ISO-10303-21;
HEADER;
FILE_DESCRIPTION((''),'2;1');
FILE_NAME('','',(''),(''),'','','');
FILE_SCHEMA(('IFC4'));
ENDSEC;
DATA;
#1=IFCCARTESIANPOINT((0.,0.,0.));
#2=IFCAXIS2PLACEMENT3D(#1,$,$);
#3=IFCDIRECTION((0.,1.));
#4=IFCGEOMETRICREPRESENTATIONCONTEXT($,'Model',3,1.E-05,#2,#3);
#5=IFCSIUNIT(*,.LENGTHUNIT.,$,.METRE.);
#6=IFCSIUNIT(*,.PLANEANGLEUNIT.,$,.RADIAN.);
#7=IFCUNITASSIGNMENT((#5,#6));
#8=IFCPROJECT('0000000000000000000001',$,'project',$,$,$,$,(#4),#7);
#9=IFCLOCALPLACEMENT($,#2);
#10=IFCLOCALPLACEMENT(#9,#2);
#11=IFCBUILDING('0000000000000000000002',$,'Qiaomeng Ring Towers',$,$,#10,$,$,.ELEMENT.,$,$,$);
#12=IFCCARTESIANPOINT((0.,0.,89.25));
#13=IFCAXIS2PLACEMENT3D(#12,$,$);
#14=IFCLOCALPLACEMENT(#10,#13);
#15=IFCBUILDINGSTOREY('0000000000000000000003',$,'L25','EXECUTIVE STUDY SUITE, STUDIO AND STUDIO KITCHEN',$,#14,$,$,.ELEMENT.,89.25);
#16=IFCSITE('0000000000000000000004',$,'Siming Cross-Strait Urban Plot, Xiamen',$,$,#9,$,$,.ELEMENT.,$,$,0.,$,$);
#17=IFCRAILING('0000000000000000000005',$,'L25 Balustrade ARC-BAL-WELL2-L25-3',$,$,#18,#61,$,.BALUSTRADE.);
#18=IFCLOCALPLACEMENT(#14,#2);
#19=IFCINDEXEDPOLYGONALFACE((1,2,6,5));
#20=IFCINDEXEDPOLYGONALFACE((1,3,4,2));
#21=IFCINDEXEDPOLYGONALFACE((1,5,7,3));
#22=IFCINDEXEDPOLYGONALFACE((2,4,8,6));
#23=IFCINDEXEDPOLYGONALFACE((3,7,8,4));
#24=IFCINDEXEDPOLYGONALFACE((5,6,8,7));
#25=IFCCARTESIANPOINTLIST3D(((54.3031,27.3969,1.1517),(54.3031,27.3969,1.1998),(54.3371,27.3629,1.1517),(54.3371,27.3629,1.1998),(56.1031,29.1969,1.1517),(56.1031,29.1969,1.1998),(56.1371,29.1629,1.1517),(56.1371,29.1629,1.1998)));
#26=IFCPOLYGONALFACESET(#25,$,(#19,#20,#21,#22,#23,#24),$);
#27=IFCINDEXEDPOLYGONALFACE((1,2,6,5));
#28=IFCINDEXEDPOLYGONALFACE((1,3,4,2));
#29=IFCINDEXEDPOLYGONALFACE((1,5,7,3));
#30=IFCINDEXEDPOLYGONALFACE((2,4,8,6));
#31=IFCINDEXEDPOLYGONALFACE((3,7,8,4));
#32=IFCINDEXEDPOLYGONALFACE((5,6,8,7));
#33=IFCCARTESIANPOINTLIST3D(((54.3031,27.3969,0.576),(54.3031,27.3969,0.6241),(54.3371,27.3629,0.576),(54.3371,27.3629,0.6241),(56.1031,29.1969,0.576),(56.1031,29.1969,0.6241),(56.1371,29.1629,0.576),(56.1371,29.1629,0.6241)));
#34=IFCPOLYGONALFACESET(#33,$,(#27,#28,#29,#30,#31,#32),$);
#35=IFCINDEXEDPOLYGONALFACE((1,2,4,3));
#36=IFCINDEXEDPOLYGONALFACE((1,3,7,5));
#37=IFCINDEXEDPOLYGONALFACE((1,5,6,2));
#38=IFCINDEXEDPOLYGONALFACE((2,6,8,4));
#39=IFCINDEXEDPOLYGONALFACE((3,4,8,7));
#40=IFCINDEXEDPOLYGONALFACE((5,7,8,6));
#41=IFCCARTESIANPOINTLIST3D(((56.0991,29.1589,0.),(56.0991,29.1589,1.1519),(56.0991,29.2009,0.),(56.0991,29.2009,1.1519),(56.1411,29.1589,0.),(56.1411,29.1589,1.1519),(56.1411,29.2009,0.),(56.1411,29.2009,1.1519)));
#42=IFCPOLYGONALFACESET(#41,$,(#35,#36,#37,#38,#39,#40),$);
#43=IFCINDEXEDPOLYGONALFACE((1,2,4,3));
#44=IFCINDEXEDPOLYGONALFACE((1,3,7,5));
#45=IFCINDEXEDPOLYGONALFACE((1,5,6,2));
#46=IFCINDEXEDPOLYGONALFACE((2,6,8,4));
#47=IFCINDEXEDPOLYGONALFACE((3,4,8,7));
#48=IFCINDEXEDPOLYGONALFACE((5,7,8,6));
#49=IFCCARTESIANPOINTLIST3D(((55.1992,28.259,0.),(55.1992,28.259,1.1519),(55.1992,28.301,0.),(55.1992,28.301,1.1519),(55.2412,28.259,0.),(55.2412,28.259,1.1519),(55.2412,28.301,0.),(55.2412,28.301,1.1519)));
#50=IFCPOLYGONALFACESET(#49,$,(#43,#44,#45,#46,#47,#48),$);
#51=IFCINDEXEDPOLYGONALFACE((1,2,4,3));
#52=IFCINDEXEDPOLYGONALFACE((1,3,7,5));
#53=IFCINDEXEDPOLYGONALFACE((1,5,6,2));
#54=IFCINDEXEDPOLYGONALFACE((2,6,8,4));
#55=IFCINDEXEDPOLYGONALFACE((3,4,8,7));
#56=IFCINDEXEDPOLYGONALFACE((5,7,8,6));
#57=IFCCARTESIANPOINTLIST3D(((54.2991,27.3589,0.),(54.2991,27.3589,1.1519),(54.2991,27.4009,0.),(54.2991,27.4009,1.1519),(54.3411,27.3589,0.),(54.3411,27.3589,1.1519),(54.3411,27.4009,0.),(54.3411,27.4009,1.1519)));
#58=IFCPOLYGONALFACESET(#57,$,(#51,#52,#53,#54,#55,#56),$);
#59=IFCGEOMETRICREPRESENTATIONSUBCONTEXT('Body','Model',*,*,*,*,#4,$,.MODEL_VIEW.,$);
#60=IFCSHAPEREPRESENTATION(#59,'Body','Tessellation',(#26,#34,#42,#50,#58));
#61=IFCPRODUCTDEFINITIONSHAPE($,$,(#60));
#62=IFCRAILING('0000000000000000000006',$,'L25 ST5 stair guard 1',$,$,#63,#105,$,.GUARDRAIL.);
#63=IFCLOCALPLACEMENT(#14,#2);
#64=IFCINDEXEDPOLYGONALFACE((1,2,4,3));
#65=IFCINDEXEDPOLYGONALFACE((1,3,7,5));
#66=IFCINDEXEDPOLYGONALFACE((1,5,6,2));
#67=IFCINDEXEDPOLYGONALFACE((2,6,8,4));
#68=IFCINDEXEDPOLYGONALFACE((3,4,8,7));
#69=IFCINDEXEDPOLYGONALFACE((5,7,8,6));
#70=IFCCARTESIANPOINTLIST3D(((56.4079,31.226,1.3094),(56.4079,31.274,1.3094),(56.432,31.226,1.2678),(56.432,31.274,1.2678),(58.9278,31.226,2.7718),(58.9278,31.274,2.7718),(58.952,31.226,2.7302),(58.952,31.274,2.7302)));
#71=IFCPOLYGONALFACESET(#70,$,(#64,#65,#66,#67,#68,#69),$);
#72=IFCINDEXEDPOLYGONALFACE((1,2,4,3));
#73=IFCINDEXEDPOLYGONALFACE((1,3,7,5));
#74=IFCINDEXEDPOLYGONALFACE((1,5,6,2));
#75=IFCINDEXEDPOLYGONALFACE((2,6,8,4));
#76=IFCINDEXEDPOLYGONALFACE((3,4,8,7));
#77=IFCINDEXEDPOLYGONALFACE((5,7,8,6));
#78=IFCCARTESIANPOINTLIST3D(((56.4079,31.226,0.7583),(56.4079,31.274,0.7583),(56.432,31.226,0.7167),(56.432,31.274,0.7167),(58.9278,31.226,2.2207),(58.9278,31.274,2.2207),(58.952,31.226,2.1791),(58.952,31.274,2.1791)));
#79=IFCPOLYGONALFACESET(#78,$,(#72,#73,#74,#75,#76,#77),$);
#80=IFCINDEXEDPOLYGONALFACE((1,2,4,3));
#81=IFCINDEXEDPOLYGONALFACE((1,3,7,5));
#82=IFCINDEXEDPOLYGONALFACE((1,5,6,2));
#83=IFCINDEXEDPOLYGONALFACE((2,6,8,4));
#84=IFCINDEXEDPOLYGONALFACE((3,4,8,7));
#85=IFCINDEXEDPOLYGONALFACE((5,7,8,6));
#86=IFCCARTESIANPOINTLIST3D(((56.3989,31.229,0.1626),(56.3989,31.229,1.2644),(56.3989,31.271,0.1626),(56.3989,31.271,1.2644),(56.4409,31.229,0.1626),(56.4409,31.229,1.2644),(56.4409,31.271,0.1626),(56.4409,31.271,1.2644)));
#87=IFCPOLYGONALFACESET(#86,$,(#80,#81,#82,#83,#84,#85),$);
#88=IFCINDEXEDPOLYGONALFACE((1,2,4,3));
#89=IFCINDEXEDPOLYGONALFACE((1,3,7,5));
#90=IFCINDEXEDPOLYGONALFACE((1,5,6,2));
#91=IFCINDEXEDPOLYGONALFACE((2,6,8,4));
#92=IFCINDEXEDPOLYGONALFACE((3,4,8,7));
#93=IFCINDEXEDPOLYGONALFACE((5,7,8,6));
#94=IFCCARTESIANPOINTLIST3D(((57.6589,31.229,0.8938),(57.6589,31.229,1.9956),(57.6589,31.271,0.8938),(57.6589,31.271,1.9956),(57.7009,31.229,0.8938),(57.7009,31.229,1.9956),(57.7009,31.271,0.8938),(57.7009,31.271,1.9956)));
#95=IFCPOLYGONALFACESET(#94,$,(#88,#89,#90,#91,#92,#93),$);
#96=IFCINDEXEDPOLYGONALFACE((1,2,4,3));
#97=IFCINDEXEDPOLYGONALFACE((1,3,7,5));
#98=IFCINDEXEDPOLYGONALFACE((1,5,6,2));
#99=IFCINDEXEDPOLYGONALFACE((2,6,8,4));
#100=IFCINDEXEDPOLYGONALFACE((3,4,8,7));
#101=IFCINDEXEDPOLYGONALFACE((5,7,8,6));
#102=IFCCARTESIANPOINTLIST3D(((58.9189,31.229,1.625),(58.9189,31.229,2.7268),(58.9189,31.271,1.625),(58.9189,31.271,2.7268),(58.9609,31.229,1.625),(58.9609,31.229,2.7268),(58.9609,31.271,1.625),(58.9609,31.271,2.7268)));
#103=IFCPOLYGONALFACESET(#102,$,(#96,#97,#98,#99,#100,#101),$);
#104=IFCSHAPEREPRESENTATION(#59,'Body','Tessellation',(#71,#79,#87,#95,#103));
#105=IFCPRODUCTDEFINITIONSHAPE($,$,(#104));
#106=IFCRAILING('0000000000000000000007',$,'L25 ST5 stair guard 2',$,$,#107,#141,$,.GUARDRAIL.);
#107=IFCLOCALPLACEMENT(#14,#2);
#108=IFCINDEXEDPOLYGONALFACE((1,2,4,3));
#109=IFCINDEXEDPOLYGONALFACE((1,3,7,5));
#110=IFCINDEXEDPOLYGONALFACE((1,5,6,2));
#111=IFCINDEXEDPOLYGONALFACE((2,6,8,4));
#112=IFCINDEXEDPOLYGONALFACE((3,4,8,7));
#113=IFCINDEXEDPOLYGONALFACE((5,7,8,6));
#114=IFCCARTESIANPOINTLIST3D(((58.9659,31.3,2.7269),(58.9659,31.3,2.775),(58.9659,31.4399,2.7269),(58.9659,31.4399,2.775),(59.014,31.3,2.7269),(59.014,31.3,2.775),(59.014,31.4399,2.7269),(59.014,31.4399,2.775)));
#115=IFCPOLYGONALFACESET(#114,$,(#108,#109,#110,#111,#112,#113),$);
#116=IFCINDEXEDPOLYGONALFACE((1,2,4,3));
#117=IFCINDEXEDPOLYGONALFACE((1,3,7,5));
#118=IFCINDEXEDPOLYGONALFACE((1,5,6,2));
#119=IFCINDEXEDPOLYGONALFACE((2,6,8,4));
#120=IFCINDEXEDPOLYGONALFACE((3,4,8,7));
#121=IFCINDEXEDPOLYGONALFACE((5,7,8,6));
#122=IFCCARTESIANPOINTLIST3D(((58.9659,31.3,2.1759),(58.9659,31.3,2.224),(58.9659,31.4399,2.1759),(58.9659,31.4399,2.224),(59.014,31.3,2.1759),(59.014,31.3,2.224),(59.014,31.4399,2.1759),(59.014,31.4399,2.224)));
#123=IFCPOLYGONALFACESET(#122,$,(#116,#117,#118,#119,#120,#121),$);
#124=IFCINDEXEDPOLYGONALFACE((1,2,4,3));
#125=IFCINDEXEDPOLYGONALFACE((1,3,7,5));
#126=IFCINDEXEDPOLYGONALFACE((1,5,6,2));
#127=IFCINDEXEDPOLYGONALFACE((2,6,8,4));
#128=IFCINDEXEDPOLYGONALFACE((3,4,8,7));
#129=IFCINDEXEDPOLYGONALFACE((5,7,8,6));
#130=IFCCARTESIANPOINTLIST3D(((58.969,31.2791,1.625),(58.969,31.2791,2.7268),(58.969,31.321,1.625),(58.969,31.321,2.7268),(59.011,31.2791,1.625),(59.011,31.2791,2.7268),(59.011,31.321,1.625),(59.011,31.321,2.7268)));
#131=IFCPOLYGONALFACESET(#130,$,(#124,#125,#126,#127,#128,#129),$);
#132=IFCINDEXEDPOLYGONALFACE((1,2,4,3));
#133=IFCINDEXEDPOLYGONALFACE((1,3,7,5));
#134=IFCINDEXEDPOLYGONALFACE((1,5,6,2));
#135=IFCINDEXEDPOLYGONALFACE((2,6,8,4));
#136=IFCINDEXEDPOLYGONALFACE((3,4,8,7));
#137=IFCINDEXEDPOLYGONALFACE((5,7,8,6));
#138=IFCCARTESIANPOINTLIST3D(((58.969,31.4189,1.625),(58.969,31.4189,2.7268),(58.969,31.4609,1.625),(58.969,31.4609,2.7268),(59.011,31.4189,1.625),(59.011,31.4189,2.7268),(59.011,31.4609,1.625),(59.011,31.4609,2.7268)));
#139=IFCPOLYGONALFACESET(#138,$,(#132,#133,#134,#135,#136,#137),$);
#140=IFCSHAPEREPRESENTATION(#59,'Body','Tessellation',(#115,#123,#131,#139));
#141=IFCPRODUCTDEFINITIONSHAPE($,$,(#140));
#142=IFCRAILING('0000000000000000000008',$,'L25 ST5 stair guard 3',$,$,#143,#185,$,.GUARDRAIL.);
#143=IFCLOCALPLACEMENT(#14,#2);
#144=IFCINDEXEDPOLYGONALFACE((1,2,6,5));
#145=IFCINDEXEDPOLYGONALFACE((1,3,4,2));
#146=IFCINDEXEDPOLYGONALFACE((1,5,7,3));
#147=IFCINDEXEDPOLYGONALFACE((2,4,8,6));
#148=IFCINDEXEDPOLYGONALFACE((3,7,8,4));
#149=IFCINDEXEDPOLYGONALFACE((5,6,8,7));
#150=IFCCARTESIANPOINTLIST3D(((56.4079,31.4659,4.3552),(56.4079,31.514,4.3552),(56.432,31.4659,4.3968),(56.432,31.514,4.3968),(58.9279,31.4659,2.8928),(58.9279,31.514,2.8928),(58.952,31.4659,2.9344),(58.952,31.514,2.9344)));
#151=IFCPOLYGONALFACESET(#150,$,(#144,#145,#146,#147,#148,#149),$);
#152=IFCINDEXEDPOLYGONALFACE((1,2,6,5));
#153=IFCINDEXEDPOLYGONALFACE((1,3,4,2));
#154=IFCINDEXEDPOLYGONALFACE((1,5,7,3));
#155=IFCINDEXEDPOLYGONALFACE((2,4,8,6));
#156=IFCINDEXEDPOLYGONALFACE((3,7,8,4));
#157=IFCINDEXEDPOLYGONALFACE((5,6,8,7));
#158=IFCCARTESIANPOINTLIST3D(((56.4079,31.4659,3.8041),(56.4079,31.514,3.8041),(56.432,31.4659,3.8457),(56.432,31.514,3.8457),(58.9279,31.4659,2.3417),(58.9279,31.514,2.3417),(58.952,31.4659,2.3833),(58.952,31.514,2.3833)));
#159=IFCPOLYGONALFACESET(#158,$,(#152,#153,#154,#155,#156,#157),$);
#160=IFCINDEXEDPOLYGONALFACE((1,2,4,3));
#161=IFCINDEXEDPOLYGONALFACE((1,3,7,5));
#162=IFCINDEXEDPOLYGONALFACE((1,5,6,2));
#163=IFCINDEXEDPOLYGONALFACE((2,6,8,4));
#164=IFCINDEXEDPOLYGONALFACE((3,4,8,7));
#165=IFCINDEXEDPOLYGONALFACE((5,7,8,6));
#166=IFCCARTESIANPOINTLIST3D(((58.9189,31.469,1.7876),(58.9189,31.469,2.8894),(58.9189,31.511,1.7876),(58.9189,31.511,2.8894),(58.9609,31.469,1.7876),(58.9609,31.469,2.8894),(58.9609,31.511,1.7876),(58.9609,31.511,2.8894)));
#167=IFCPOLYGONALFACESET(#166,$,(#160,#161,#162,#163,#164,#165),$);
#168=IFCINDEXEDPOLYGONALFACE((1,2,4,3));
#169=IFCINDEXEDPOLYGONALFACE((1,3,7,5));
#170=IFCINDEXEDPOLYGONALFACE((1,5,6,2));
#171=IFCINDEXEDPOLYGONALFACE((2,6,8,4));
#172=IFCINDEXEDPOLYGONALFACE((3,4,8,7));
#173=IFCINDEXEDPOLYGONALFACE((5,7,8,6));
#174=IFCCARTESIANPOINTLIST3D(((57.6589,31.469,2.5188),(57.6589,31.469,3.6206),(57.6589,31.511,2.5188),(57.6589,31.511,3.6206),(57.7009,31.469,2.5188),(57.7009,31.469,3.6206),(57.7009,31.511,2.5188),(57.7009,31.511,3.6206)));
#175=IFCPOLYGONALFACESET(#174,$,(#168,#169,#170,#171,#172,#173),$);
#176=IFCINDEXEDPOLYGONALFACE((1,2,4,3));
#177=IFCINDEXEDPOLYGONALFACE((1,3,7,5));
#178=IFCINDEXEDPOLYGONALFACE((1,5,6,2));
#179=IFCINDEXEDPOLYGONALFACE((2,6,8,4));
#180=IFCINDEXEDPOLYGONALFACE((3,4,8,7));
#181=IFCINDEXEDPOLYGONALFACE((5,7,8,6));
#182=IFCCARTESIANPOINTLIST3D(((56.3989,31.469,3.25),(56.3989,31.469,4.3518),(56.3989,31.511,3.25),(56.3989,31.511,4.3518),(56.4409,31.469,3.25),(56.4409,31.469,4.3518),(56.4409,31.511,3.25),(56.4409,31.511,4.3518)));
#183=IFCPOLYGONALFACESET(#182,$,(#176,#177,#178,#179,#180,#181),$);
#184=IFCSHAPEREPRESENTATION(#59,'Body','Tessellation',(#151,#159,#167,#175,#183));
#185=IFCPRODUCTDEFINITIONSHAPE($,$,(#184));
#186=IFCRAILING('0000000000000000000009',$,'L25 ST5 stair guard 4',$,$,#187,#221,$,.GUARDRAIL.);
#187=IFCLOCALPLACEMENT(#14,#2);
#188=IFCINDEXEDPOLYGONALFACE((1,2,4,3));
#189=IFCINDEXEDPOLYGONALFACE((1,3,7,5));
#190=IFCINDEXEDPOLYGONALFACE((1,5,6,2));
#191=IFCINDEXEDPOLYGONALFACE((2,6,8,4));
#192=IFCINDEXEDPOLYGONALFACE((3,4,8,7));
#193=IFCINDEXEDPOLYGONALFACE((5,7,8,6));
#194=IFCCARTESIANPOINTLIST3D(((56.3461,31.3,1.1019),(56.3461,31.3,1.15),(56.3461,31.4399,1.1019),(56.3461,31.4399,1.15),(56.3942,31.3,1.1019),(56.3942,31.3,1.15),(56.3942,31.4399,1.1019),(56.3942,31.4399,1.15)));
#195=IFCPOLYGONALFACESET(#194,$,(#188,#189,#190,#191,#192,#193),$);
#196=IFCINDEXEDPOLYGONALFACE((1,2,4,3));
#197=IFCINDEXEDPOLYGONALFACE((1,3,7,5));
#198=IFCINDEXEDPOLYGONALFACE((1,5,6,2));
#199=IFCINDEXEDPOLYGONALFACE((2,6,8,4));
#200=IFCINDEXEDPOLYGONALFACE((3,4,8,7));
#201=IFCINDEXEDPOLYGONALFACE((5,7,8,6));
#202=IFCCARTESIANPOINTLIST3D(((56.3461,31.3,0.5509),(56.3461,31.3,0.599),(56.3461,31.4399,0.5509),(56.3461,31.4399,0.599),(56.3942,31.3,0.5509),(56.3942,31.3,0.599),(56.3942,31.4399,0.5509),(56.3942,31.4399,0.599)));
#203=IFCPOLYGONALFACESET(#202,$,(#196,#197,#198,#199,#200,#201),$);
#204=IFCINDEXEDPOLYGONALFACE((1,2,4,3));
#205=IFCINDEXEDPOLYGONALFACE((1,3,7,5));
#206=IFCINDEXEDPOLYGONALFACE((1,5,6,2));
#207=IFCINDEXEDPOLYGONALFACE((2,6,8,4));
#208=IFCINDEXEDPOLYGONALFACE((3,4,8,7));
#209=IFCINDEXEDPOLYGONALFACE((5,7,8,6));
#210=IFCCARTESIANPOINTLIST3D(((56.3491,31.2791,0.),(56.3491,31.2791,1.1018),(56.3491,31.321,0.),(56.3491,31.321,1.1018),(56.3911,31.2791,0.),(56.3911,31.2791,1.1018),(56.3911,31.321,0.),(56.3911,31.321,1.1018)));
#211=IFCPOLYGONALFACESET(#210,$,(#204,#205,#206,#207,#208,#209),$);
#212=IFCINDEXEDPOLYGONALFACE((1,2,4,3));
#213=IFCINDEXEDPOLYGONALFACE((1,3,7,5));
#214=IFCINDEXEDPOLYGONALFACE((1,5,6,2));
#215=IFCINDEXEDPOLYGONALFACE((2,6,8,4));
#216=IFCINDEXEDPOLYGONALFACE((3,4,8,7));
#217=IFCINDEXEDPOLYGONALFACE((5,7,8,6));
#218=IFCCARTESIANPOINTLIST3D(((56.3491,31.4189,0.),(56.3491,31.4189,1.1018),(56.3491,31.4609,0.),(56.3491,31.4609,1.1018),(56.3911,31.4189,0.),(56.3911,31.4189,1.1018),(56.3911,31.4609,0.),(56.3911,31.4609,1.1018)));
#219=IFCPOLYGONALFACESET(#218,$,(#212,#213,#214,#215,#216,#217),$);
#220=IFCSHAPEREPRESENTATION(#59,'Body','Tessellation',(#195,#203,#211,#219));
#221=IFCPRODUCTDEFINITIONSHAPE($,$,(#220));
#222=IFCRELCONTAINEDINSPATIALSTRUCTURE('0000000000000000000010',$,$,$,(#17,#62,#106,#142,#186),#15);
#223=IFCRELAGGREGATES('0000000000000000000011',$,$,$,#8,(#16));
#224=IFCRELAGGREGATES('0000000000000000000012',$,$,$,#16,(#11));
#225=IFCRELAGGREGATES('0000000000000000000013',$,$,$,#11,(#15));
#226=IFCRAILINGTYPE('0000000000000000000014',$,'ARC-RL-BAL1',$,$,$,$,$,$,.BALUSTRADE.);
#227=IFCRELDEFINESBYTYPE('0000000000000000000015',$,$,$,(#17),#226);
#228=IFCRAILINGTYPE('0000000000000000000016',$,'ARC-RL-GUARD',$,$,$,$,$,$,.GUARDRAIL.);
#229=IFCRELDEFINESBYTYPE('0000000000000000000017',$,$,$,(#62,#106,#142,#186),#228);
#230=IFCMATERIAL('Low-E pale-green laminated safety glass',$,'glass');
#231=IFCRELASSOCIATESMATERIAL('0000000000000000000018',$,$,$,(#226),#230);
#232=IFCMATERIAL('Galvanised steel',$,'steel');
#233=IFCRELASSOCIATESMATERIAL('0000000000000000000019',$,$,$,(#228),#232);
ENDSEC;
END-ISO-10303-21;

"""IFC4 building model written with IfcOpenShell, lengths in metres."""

from ifc_helpers import new_model, si_unit, direction, frame, origin, origin_2d, place, context, subcontext, project, spatial, rectangle, extrude, material, type_object, element, save


model = new_model("IFC4")

# Units and contexts
model_context = context("Model", 3, precision=1e-05, world=origin(), true_north=direction((0.0, 1.0)))
body_context = subcontext(model_context, "Body", "Model", "MODEL_VIEW")
ifc_project = project(units=[si_unit("LENGTHUNIT", "METRE"), si_unit("PLANEANGLEUNIT", "RADIAN")], contexts=[model_context])

# Site, building, storey
site_placement = place(None, origin())
site = spatial("IfcSite", under=ifc_project, at=site_placement, Name="Siming Cross-Strait Urban Plot, Xiamen", CompositionType="ELEMENT", RefElevation=0.0)
building_placement = place(site_placement, origin())
building = spatial("IfcBuilding", under=site, at=building_placement, Name="Qiaomeng Ring Towers", CompositionType="ELEMENT")
storey_placement = place(building_placement, frame((0.0, 0.0, 89.25)))
storey = spatial("IfcBuildingStorey", under=building, at=storey_placement, Name="L25", Description="EXECUTIVE STUDY SUITE, STUDIO AND STUDIO KITCHEN", CompositionType="ELEMENT", Elevation=89.25)

# Shared definitions
ifc_material_1 = material(Name="Galvanised steel", Category="steel")

# Railings
ifc_material_2 = material(Name="Low-E pale-green laminated safety glass", Category="glass")
railing_type_1 = type_object("IfcRailingType", Name="ARC-RL-BAL1", PredefinedType="BALUSTRADE", material=ifc_material_2)
railing_1_placement = place(storey_placement, frame((56.1201, 29.1799, 0.0)))
element("IfcRailing", 1, at=railing_1_placement, inside=storey, type_object=railing_type_1, Name="L25 Balustrade ARC-BAL-WELL2-L25-3", PredefinedType="BALUSTRADE", context=body_context, shape_type="SweptSolid", body=[
    extrude(rectangle(XDim=0.0481, YDim=0.0481, at=origin_2d()), frame((0.0, 0.0, 1.1758), z_axis=(-0.707107, -0.707107, 0.0), x_axis=(0.707107, -0.707107, 0.0)), (0.0, 0.0, 1.0), 2.5457),
    extrude(rectangle(XDim=0.0481, YDim=0.0481, at=origin_2d()), frame((0.0, 0.0, 0.6001), z_axis=(-0.707107, -0.707107, 0.0), x_axis=(0.707107, -0.707107, 0.0)), (0.0, 0.0, 1.0), 2.5457),
    extrude(rectangle(XDim=0.042, YDim=0.042, at=origin_2d()), origin(), (0.0, 0.0, 1.0), 1.1519),
    extrude(rectangle(XDim=0.042, YDim=0.042, at=origin_2d()), frame((-0.8999, -0.8999, 0.0)), (0.0, 0.0, 1.0), 1.1519),
    extrude(rectangle(XDim=0.042, YDim=0.042, at=origin_2d()), frame((-1.8, -1.8, 0.0)), (0.0, 0.0, 1.0), 1.1519),
])
railing_type_2 = type_object("IfcRailingType", Name="ARC-RL-GUARD", PredefinedType="GUARDRAIL", material=ifc_material_1)
railing_2_placement = place(storey_placement, frame((56.4199, 31.25, 0.1626)))
element("IfcRailing", 2, at=railing_2_placement, inside=storey, type_object=railing_type_2, Name="L25 ST5 stair guard 1", PredefinedType="GUARDRAIL", context=body_context, shape_type="SweptSolid", body=[
    extrude(rectangle(XDim=0.0481, YDim=0.0481, at=origin_2d()), frame((0.0, 0.0, 1.126), z_axis=(0.864913, 0.0, 0.501921), x_axis=(0.0, 1.0, 0.0)), (0.0, 0.0, 1.0), 2.9136),
    extrude(rectangle(XDim=0.0481, YDim=0.0481, at=origin_2d()), frame((0.0, 0.0, 0.575), z_axis=(0.864913, 0.0, 0.501921), x_axis=(0.0, 1.0, 0.0)), (0.0, 0.0, 1.0), 2.9136),
    extrude(rectangle(XDim=0.042, YDim=0.042, at=origin_2d()), origin(), (0.0, 0.0, 1.0), 1.1018),
    extrude(rectangle(XDim=0.042, YDim=0.042, at=origin_2d()), frame((1.26, 0.0, 0.7312)), (0.0, 0.0, 1.0), 1.1018),
    extrude(rectangle(XDim=0.042, YDim=0.042, at=origin_2d()), frame((2.52, 0.0, 1.4624)), (0.0, 0.0, 1.0), 1.1018),
])
railing_3_placement = place(storey_placement, frame((58.99, 31.3, 1.625)))
element("IfcRailing", 3, at=railing_3_placement, inside=storey, type_object=railing_type_2, Name="L25 ST5 stair guard 2", PredefinedType="GUARDRAIL", context=body_context, shape_type="SweptSolid", body=[
    extrude(rectangle(XDim=0.0481, YDim=0.0481, at=origin_2d()), frame((0.0, 0.0, 1.126), z_axis=(0.0, 1.0, 0.0), x_axis=(-1.0, 0.0, 0.0)), (0.0, 0.0, 1.0), 0.1399),
    extrude(rectangle(XDim=0.0481, YDim=0.0481, at=origin_2d()), frame((0.0, 0.0, 0.575), z_axis=(0.0, 1.0, 0.0), x_axis=(-1.0, 0.0, 0.0)), (0.0, 0.0, 1.0), 0.1399),
    extrude(rectangle(XDim=0.042, YDim=0.042, at=origin_2d()), origin(), (0.0, 0.0, 1.0), 1.1018),
    extrude(rectangle(XDim=0.042, YDim=0.042, at=origin_2d()), frame((0.0, 0.1399, 0.0)), (0.0, 0.0, 1.0), 1.1018),
])
railing_4_placement = place(storey_placement, frame((58.9399, 31.49, 1.7876)))
element("IfcRailing", 4, at=railing_4_placement, inside=storey, type_object=railing_type_2, Name="L25 ST5 stair guard 3", PredefinedType="GUARDRAIL", context=body_context, shape_type="SweptSolid", body=[
    extrude(rectangle(XDim=0.0481, YDim=0.0481, at=origin_2d()), frame((0.0, 0.0, 1.126), z_axis=(-0.864913, 0.0, 0.501921), x_axis=(0.0, -1.0, 0.0)), (0.0, 0.0, 1.0), 2.9136),
    extrude(rectangle(XDim=0.0481, YDim=0.0481, at=origin_2d()), frame((0.0, 0.0, 0.575), z_axis=(-0.864913, 0.0, 0.501921), x_axis=(0.0, -1.0, 0.0)), (0.0, 0.0, 1.0), 2.9136),
    extrude(rectangle(XDim=0.042, YDim=0.042, at=origin_2d()), origin(), (0.0, 0.0, 1.0), 1.1018),
    extrude(rectangle(XDim=0.042, YDim=0.042, at=origin_2d()), frame((-1.26, 0.0, 0.7312)), (0.0, 0.0, 1.0), 1.1018),
    extrude(rectangle(XDim=0.042, YDim=0.042, at=origin_2d()), frame((-2.52, 0.0, 1.4624)), (0.0, 0.0, 1.0), 1.1018),
])
railing_5_placement = place(storey_placement, frame((56.3701, 31.3, 0.0)))
element("IfcRailing", 5, at=railing_5_placement, inside=storey, type_object=railing_type_2, Name="L25 ST5 stair guard 4", PredefinedType="GUARDRAIL", context=body_context, shape_type="SweptSolid", body=[
    extrude(rectangle(XDim=0.0481, YDim=0.0481, at=origin_2d()), frame((0.0, 0.0, 1.126), z_axis=(0.0, 1.0, 0.0), x_axis=(-1.0, 0.0, 0.0)), (0.0, 0.0, 1.0), 0.1399),
    extrude(rectangle(XDim=0.0481, YDim=0.0481, at=origin_2d()), frame((0.0, 0.0, 0.575), z_axis=(0.0, 1.0, 0.0), x_axis=(-1.0, 0.0, 0.0)), (0.0, 0.0, 1.0), 0.1399),
    extrude(rectangle(XDim=0.042, YDim=0.042, at=origin_2d()), origin(), (0.0, 0.0, 1.0), 1.1018),
    extrude(rectangle(XDim=0.042, YDim=0.042, at=origin_2d()), frame((0.0, 0.1399, 0.0)), (0.0, 0.0, 1.0), 1.1018),
])

save(model, "model.ifc")
